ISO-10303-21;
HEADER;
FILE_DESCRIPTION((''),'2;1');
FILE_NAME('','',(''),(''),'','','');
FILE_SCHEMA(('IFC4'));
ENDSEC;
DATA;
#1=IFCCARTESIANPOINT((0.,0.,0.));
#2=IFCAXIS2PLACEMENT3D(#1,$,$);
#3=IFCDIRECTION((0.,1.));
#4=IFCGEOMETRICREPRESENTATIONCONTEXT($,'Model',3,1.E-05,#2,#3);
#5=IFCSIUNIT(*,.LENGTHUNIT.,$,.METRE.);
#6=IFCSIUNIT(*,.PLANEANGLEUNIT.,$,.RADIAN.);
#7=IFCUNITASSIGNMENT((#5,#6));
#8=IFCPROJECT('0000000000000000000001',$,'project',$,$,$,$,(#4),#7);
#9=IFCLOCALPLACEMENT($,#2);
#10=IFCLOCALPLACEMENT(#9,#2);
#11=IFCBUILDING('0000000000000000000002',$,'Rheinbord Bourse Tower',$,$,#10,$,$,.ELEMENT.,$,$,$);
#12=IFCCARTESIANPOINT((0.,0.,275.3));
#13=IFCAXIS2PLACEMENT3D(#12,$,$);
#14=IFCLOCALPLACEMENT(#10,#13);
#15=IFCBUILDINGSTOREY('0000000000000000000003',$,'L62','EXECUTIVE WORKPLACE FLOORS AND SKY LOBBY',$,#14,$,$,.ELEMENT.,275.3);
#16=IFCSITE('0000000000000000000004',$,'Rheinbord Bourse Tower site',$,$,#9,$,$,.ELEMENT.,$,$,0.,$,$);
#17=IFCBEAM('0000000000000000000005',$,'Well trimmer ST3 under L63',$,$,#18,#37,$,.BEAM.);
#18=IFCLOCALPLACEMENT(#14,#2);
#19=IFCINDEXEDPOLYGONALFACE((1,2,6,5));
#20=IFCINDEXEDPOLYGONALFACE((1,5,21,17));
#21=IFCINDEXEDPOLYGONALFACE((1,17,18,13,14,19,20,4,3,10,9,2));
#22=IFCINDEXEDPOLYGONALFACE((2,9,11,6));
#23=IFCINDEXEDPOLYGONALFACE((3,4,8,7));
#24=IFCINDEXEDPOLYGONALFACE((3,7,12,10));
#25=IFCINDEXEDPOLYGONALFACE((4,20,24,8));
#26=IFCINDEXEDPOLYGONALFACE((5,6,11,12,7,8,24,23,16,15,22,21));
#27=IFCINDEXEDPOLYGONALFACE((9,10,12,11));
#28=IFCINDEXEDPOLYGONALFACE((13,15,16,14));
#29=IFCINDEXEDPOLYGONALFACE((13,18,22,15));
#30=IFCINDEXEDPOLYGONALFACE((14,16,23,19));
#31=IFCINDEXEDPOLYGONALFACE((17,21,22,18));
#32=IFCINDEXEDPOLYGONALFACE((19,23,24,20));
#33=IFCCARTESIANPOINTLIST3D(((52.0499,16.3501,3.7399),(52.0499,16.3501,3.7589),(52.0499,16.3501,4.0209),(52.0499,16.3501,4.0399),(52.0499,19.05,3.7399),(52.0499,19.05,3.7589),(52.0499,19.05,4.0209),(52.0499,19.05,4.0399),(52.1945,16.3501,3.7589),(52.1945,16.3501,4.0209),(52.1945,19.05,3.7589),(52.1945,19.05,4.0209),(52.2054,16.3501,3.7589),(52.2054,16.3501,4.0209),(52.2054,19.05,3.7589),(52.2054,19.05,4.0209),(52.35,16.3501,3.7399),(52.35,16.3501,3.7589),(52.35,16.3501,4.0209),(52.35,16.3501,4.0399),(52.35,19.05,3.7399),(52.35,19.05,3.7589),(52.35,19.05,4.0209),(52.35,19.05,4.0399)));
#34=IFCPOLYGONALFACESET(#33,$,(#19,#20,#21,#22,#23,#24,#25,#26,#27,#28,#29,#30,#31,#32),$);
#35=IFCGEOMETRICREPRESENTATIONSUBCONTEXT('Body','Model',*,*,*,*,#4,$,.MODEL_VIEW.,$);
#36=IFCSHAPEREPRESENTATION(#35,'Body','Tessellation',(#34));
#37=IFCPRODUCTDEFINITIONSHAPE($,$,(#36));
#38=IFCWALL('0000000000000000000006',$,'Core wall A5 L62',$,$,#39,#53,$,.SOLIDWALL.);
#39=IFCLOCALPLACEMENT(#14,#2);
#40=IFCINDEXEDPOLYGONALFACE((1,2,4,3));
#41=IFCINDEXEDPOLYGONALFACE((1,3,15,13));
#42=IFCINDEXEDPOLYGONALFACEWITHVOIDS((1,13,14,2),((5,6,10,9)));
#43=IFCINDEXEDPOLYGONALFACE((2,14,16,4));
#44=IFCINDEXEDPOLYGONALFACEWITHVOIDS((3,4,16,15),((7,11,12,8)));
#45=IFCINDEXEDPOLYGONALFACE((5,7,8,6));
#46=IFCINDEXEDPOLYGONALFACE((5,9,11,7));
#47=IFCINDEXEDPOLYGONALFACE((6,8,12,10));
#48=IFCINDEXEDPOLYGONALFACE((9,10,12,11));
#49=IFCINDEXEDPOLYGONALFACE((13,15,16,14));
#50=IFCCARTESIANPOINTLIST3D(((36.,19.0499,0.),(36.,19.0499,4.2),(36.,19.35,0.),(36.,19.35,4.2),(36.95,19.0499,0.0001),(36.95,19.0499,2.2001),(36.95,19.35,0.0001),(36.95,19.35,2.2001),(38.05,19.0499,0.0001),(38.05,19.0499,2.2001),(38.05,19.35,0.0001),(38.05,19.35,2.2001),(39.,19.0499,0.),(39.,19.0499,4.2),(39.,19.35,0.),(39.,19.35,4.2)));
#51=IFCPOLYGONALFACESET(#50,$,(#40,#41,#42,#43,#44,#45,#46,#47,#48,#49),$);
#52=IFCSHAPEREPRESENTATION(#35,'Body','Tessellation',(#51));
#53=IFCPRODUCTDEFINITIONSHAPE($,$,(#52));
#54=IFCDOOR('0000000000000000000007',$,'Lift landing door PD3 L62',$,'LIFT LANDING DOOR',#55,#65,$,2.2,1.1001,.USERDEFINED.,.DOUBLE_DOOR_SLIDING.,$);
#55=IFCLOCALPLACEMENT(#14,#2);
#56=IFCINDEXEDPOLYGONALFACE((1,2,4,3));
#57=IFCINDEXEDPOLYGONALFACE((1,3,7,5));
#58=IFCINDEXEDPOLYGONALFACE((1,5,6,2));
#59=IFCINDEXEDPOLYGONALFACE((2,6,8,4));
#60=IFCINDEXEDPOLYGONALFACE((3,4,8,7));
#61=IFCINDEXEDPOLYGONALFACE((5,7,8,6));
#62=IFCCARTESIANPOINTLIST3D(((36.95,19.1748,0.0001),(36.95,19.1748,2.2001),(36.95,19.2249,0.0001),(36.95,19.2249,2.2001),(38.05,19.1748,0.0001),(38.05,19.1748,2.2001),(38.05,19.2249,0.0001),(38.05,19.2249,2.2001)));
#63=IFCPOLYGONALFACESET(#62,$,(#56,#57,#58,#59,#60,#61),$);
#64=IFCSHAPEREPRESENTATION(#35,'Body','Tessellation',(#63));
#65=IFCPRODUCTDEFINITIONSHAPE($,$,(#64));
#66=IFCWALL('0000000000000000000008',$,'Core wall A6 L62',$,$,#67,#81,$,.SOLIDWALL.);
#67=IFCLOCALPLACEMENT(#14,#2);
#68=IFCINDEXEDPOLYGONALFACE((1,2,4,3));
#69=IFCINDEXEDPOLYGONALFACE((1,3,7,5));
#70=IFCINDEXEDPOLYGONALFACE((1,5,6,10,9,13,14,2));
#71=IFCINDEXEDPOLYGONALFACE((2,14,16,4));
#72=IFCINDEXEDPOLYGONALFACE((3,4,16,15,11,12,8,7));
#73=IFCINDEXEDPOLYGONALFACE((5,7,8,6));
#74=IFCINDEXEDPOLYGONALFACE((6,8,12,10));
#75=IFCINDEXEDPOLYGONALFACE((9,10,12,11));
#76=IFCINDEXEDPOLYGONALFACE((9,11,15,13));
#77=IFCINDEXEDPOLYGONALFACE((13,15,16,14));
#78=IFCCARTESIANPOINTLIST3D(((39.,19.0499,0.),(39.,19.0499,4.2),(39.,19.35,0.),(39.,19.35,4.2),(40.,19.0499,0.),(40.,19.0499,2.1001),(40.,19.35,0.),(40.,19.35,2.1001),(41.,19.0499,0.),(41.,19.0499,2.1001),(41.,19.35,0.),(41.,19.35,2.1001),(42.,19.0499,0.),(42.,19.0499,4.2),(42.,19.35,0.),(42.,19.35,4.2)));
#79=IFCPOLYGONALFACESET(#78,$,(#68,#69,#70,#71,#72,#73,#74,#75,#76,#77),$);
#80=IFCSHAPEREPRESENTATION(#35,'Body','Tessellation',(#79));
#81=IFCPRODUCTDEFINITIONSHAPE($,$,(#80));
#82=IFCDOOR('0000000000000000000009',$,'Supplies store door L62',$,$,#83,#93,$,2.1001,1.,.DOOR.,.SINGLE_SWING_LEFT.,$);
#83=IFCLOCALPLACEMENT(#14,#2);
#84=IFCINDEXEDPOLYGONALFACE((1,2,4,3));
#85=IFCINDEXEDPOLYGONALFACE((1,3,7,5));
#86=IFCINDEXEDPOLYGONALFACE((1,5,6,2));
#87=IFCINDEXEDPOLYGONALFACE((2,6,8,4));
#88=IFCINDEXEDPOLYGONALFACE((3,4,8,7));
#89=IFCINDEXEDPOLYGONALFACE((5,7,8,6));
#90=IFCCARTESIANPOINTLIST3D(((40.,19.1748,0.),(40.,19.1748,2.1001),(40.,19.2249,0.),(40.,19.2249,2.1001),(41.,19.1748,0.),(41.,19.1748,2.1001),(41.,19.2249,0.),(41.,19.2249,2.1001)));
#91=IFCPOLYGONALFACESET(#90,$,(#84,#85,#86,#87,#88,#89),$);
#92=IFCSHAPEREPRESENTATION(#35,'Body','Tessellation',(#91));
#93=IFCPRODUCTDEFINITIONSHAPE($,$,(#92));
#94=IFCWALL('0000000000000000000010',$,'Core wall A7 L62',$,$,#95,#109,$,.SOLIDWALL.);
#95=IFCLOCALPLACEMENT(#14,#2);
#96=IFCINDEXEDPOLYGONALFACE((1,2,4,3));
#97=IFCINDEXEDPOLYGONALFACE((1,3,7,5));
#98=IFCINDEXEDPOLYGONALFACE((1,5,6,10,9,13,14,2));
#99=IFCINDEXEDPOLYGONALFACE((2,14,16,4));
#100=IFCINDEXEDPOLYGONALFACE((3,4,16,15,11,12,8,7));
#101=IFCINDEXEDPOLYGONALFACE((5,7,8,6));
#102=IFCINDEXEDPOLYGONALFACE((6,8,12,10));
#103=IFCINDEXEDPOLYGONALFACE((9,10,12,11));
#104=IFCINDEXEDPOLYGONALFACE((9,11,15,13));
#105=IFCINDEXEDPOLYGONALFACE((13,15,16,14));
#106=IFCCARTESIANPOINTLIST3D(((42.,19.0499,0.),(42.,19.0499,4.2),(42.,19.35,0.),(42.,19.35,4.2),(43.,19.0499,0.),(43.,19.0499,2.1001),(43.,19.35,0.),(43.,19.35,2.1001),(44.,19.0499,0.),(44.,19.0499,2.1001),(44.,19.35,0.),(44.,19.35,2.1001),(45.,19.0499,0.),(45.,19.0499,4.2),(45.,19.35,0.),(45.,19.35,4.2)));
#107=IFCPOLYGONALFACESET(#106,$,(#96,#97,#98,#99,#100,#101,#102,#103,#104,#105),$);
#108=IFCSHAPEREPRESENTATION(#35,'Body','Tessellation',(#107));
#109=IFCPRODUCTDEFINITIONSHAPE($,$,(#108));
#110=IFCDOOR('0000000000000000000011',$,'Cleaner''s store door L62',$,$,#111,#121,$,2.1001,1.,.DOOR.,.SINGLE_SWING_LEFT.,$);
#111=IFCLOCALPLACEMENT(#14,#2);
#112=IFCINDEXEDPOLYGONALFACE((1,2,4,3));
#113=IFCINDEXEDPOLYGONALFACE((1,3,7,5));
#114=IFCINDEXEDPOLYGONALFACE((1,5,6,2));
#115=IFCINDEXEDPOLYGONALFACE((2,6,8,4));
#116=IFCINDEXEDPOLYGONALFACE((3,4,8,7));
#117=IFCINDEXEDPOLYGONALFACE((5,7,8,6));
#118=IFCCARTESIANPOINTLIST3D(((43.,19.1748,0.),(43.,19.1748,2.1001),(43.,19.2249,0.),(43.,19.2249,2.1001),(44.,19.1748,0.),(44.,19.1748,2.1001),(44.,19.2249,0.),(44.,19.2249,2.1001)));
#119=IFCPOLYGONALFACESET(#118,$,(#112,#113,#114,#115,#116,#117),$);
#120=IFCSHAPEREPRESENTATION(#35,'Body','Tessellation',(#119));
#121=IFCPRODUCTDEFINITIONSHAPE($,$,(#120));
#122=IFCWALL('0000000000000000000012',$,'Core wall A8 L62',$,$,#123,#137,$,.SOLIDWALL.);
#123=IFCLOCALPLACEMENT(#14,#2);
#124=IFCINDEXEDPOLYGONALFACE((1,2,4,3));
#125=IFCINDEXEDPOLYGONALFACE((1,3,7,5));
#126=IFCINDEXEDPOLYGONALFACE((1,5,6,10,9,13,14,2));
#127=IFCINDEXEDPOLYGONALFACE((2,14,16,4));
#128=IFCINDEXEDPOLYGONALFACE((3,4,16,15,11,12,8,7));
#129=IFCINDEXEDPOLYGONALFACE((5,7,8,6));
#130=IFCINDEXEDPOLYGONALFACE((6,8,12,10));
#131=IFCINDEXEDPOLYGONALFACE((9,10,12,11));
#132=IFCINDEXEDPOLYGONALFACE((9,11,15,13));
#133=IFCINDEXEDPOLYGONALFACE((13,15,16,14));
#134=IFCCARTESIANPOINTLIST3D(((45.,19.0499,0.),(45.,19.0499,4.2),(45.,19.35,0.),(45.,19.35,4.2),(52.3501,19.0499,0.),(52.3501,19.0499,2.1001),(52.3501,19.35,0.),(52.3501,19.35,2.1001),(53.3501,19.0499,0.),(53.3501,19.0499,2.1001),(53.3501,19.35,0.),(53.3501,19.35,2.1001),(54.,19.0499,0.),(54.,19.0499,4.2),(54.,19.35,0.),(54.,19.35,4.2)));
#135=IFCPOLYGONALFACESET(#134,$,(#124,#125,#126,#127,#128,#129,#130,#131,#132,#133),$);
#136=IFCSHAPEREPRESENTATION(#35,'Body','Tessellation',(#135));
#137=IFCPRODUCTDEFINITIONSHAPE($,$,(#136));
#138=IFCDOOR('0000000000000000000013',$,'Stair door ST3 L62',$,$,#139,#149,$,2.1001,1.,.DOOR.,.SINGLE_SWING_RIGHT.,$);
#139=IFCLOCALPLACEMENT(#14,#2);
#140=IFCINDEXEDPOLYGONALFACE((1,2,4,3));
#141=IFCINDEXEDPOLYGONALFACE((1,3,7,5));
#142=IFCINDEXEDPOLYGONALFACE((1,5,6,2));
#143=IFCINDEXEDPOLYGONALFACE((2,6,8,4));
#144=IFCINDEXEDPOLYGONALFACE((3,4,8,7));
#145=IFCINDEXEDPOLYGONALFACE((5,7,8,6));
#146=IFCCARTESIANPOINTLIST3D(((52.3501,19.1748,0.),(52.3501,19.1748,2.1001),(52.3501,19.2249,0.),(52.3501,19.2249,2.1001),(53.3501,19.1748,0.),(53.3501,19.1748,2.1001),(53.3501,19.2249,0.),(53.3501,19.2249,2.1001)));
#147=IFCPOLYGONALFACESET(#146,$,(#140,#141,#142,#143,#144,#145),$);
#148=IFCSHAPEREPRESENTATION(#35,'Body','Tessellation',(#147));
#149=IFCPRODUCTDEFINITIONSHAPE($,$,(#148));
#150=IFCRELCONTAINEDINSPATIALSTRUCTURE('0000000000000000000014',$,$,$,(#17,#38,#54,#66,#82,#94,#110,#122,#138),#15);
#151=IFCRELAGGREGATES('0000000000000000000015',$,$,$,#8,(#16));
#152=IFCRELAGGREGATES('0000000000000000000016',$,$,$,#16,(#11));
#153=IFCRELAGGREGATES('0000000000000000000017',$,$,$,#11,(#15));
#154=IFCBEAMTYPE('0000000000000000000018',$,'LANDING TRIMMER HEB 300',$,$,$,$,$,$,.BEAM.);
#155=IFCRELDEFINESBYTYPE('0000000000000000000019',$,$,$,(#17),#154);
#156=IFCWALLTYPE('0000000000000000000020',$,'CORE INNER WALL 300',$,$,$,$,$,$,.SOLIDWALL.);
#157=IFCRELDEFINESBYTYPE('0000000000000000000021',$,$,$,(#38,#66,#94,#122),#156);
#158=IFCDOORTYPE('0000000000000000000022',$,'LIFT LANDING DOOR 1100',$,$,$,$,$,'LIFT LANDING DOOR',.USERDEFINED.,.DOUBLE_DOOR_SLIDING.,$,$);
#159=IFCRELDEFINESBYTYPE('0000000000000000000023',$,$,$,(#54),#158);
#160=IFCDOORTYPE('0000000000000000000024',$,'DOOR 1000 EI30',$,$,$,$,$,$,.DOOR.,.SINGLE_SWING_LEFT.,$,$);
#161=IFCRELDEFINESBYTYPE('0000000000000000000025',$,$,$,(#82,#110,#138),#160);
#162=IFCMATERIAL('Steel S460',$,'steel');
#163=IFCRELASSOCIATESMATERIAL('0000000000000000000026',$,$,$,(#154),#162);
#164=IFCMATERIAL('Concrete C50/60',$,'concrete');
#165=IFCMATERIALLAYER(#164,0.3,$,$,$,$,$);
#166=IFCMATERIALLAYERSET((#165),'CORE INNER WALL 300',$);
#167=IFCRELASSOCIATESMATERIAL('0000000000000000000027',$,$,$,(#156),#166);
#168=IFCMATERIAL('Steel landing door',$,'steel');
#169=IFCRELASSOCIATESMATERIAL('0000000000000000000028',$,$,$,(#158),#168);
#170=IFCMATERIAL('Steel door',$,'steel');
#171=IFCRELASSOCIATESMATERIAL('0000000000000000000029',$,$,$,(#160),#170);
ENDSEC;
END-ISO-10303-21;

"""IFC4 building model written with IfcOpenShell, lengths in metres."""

from ifc_helpers import new_model, si_unit, direction, frame, frame_2d, origin, origin_2d, place, context, subcontext, project, spatial, rectangle, i_section, extrude, material, layer, layer_set, material_profile, profile_set, type_object, element, fill, save


model = new_model("IFC4")

# Units and contexts
model_context = context("Model", 3, precision=1e-05, world=origin(), true_north=direction((0.0, 1.0)))
body_context = subcontext(model_context, "Body", "Model", "MODEL_VIEW")
ifc_project = project(units=[si_unit("LENGTHUNIT", "METRE"), si_unit("PLANEANGLEUNIT", "RADIAN")], contexts=[model_context])

# Site, building, storey
site_placement = place(None, origin())
site = spatial("IfcSite", under=ifc_project, at=site_placement, Name="Rheinbord Bourse Tower site", CompositionType="ELEMENT", RefElevation=0.0)
building_placement = place(site_placement, origin())
building = spatial("IfcBuilding", under=site, at=building_placement, Name="Rheinbord Bourse Tower", CompositionType="ELEMENT")
storey_placement = place(building_placement, frame((0.0, 0.0, 275.3)))
storey = spatial("IfcBuildingStorey", under=building, at=storey_placement, Name="L62", Description="EXECUTIVE WORKPLACE FLOORS AND SKY LOBBY", CompositionType="ELEMENT", Elevation=275.3)

# Beam
ifc_material_1 = material(Name="Steel S460", Category="steel")
ifc_material_profile = material_profile(ifc_material_1, i_section(OverallWidth=0.3, OverallDepth=0.3, WebThickness=0.011, FlangeThickness=0.019, at=origin_2d()), Name="HEB 300")
ifc_profile_set = profile_set([ifc_material_profile], Name="Steel S460")
beam_type = type_object("IfcBeamType", Name="LANDING TRIMMER HEB 300", PredefinedType="BEAM", material=ifc_profile_set)
beam_placement = place(storey_placement, frame((52.2, 16.3501, 3.8899), z_axis=(0.0, 1.0, 0.0), x_axis=(-1.0, 0.0, 0.0)))
element("IfcBeam", 1, at=beam_placement, inside=storey, type_object=beam_type, Name="Well trimmer ST3 under L63", PredefinedType="BEAM", context=body_context, shape_type="SweptSolid", body=[
    extrude(i_section(OverallWidth=0.3, OverallDepth=0.3, WebThickness=0.011, FlangeThickness=0.019, at=origin_2d()), origin(), (0.0, 0.0, 1.0), 2.7),
])

# Walls, openings, doors
ifc_material_2 = material(Name="Concrete C50/60", Category="concrete")
ifc_layer = layer(ifc_material_2, 0.3)
ifc_layer_set = layer_set([ifc_layer], Name="CORE INNER WALL 300")
wall_type = type_object("IfcWallType", Name="CORE INNER WALL 300", PredefinedType="SOLIDWALL", material=ifc_layer_set)
wall_1_placement = place(storey_placement, frame((36.0, 19.2, 0.0), z_axis=(0.0, 0.0, 1.0), x_axis=(1.0, 0.0, 0.0)))
wall_1 = element("IfcWall", 2, at=wall_1_placement, inside=storey, type_object=wall_type, Name="Core wall A5 L62", PredefinedType="SOLIDWALL", context=body_context, shape_type="SweptSolid", body=[
    extrude(rectangle(XDim=3.0, YDim=0.3, at=frame_2d((1.5, 0.0))), origin(), (0.0, 0.0, 1.0), 4.2),
])
opening_1_placement = place(wall_1_placement, frame((0.95, 0.0, 0.0)))
opening_1 = element("IfcOpeningElement", 3, at=opening_1_placement, cuts=wall_1, PredefinedType="OPENING", context=body_context, shape_type="SweptSolid", body=[
    extrude(rectangle(XDim=1.1001, YDim=2.2, at=frame_2d((0.55, 1.1001))), frame((0.0, 0.1599, 0.0), z_axis=(0.0, -1.0, 0.0), x_axis=(1.0, 0.0, 0.0)), (0.0, 0.0, 1.0), 0.3201),
])
ifc_material_3 = material(Name="Steel landing door", Category="steel")
door_type_1 = type_object("IfcDoorType", Name="LIFT LANDING DOOR 1100", ElementType="LIFT LANDING DOOR", OperationType="DOUBLE_DOOR_SLIDING", PredefinedType="USERDEFINED", material=ifc_material_3)
door_1_placement = place(opening_1_placement, origin())
door_1 = element("IfcDoor", 4, at=door_1_placement, inside=storey, type_object=door_type_1, Name="Lift landing door PD3 L62", ObjectType="LIFT LANDING DOOR", OperationType="DOUBLE_DOOR_SLIDING", OverallHeight=2.2, OverallWidth=1.1001, PredefinedType="USERDEFINED", context=body_context, shape_type="SweptSolid", body=[
    extrude(rectangle(XDim=1.1001, YDim=2.2, at=frame_2d((0.55, 1.1001))), frame((0.0, 0.0249, 0.0), z_axis=(0.0, -1.0, 0.0), x_axis=(1.0, 0.0, 0.0)), (0.0, 0.0, 1.0), 0.05),
])
fill(opening_1, door_1)
wall_2_placement = place(storey_placement, frame((39.0, 19.2, 0.0), z_axis=(0.0, 0.0, 1.0), x_axis=(1.0, 0.0, 0.0)))
wall_2 = element("IfcWall", 5, at=wall_2_placement, inside=storey, type_object=wall_type, Name="Core wall A6 L62", PredefinedType="SOLIDWALL", context=body_context, shape_type="SweptSolid", body=[
    extrude(rectangle(XDim=3.0, YDim=0.3, at=frame_2d((1.5, 0.0))), origin(), (0.0, 0.0, 1.0), 4.2),
])
opening_2_placement = place(wall_2_placement, frame((1.0, 0.0, 0.0)))
opening_2 = element("IfcOpeningElement", 6, at=opening_2_placement, cuts=wall_2, PredefinedType="OPENING", context=body_context, shape_type="SweptSolid", body=[
    extrude(rectangle(XDim=1.0, YDim=2.1001, at=frame_2d((0.5, 1.05))), frame((0.0, 0.1599, 0.0), z_axis=(0.0, -1.0, 0.0), x_axis=(1.0, 0.0, 0.0)), (0.0, 0.0, 1.0), 0.3201),
])
ifc_material_4 = material(Name="Steel door", Category="steel")
door_type_2 = type_object("IfcDoorType", Name="DOOR 1000 EI30", OperationType="SINGLE_SWING_LEFT", PredefinedType="DOOR", material=ifc_material_4)
door_2_placement = place(opening_2_placement, origin())
door_2 = element("IfcDoor", 7, at=door_2_placement, inside=storey, type_object=door_type_2, Name="Supplies store door L62", OperationType="SINGLE_SWING_LEFT", OverallHeight=2.1001, OverallWidth=1.0, PredefinedType="DOOR", context=body_context, shape_type="SweptSolid", body=[
    extrude(rectangle(XDim=1.0, YDim=2.1001, at=frame_2d((0.5, 1.05))), frame((0.0, 0.0249, 0.0), z_axis=(0.0, -1.0, 0.0), x_axis=(1.0, 0.0, 0.0)), (0.0, 0.0, 1.0), 0.05),
])
fill(opening_2, door_2)
wall_3_placement = place(storey_placement, frame((42.0, 19.2, 0.0), z_axis=(0.0, 0.0, 1.0), x_axis=(1.0, 0.0, 0.0)))
wall_3 = element("IfcWall", 8, at=wall_3_placement, inside=storey, type_object=wall_type, Name="Core wall A7 L62", PredefinedType="SOLIDWALL", context=body_context, shape_type="SweptSolid", body=[
    extrude(rectangle(XDim=3.0, YDim=0.3, at=frame_2d((1.5, 0.0))), origin(), (0.0, 0.0, 1.0), 4.2),
])
opening_3_placement = place(wall_3_placement, frame((1.0, 0.0, 0.0)))
opening_3 = element("IfcOpeningElement", 9, at=opening_3_placement, cuts=wall_3, PredefinedType="OPENING", context=body_context, shape_type="SweptSolid", body=[
    extrude(rectangle(XDim=1.0, YDim=2.1001, at=frame_2d((0.5, 1.05))), frame((0.0, 0.1599, 0.0), z_axis=(0.0, -1.0, 0.0), x_axis=(1.0, 0.0, 0.0)), (0.0, 0.0, 1.0), 0.3201),
])
door_3_placement = place(opening_3_placement, origin())
door_3 = element("IfcDoor", 10, at=door_3_placement, inside=storey, type_object=door_type_2, Name="Cleaner's store door L62", OperationType="SINGLE_SWING_LEFT", OverallHeight=2.1001, OverallWidth=1.0, PredefinedType="DOOR", context=body_context, shape_type="SweptSolid", body=[
    extrude(rectangle(XDim=1.0, YDim=2.1001, at=frame_2d((0.5, 1.05))), frame((0.0, 0.0249, 0.0), z_axis=(0.0, -1.0, 0.0), x_axis=(1.0, 0.0, 0.0)), (0.0, 0.0, 1.0), 0.05),
])
fill(opening_3, door_3)
wall_4_placement = place(storey_placement, frame((45.0, 19.2, 0.0), z_axis=(0.0, 0.0, 1.0), x_axis=(1.0, 0.0, 0.0)))
wall_4 = element("IfcWall", 11, at=wall_4_placement, inside=storey, type_object=wall_type, Name="Core wall A8 L62", PredefinedType="SOLIDWALL", context=body_context, shape_type="SweptSolid", body=[
    extrude(rectangle(XDim=9.0, YDim=0.3, at=frame_2d((4.5, 0.0))), origin(), (0.0, 0.0, 1.0), 4.2),
])
opening_4_placement = place(wall_4_placement, frame((7.3501, 0.0, 0.0)))
opening_4 = element("IfcOpeningElement", 12, at=opening_4_placement, cuts=wall_4, PredefinedType="OPENING", context=body_context, shape_type="SweptSolid", body=[
    extrude(rectangle(XDim=1.0, YDim=2.1001, at=frame_2d((0.5, 1.05))), frame((0.0, 0.1599, 0.0), z_axis=(0.0, -1.0, 0.0), x_axis=(1.0, 0.0, 0.0)), (0.0, 0.0, 1.0), 0.3201),
])
door_4_placement = place(opening_4_placement, origin())
door_4 = element("IfcDoor", 13, at=door_4_placement, inside=storey, type_object=door_type_2, Name="Stair door ST3 L62", OperationType="SINGLE_SWING_RIGHT", OverallHeight=2.1001, OverallWidth=1.0, PredefinedType="DOOR", context=body_context, shape_type="SweptSolid", body=[
    extrude(rectangle(XDim=1.0, YDim=2.1001, at=frame_2d((0.5, 1.05))), frame((0.0, 0.0249, 0.0), z_axis=(0.0, -1.0, 0.0), x_axis=(1.0, 0.0, 0.0)), (0.0, 0.0, 1.0), 0.05),
])
fill(opening_4, door_4)

save(model, "model.ifc")
